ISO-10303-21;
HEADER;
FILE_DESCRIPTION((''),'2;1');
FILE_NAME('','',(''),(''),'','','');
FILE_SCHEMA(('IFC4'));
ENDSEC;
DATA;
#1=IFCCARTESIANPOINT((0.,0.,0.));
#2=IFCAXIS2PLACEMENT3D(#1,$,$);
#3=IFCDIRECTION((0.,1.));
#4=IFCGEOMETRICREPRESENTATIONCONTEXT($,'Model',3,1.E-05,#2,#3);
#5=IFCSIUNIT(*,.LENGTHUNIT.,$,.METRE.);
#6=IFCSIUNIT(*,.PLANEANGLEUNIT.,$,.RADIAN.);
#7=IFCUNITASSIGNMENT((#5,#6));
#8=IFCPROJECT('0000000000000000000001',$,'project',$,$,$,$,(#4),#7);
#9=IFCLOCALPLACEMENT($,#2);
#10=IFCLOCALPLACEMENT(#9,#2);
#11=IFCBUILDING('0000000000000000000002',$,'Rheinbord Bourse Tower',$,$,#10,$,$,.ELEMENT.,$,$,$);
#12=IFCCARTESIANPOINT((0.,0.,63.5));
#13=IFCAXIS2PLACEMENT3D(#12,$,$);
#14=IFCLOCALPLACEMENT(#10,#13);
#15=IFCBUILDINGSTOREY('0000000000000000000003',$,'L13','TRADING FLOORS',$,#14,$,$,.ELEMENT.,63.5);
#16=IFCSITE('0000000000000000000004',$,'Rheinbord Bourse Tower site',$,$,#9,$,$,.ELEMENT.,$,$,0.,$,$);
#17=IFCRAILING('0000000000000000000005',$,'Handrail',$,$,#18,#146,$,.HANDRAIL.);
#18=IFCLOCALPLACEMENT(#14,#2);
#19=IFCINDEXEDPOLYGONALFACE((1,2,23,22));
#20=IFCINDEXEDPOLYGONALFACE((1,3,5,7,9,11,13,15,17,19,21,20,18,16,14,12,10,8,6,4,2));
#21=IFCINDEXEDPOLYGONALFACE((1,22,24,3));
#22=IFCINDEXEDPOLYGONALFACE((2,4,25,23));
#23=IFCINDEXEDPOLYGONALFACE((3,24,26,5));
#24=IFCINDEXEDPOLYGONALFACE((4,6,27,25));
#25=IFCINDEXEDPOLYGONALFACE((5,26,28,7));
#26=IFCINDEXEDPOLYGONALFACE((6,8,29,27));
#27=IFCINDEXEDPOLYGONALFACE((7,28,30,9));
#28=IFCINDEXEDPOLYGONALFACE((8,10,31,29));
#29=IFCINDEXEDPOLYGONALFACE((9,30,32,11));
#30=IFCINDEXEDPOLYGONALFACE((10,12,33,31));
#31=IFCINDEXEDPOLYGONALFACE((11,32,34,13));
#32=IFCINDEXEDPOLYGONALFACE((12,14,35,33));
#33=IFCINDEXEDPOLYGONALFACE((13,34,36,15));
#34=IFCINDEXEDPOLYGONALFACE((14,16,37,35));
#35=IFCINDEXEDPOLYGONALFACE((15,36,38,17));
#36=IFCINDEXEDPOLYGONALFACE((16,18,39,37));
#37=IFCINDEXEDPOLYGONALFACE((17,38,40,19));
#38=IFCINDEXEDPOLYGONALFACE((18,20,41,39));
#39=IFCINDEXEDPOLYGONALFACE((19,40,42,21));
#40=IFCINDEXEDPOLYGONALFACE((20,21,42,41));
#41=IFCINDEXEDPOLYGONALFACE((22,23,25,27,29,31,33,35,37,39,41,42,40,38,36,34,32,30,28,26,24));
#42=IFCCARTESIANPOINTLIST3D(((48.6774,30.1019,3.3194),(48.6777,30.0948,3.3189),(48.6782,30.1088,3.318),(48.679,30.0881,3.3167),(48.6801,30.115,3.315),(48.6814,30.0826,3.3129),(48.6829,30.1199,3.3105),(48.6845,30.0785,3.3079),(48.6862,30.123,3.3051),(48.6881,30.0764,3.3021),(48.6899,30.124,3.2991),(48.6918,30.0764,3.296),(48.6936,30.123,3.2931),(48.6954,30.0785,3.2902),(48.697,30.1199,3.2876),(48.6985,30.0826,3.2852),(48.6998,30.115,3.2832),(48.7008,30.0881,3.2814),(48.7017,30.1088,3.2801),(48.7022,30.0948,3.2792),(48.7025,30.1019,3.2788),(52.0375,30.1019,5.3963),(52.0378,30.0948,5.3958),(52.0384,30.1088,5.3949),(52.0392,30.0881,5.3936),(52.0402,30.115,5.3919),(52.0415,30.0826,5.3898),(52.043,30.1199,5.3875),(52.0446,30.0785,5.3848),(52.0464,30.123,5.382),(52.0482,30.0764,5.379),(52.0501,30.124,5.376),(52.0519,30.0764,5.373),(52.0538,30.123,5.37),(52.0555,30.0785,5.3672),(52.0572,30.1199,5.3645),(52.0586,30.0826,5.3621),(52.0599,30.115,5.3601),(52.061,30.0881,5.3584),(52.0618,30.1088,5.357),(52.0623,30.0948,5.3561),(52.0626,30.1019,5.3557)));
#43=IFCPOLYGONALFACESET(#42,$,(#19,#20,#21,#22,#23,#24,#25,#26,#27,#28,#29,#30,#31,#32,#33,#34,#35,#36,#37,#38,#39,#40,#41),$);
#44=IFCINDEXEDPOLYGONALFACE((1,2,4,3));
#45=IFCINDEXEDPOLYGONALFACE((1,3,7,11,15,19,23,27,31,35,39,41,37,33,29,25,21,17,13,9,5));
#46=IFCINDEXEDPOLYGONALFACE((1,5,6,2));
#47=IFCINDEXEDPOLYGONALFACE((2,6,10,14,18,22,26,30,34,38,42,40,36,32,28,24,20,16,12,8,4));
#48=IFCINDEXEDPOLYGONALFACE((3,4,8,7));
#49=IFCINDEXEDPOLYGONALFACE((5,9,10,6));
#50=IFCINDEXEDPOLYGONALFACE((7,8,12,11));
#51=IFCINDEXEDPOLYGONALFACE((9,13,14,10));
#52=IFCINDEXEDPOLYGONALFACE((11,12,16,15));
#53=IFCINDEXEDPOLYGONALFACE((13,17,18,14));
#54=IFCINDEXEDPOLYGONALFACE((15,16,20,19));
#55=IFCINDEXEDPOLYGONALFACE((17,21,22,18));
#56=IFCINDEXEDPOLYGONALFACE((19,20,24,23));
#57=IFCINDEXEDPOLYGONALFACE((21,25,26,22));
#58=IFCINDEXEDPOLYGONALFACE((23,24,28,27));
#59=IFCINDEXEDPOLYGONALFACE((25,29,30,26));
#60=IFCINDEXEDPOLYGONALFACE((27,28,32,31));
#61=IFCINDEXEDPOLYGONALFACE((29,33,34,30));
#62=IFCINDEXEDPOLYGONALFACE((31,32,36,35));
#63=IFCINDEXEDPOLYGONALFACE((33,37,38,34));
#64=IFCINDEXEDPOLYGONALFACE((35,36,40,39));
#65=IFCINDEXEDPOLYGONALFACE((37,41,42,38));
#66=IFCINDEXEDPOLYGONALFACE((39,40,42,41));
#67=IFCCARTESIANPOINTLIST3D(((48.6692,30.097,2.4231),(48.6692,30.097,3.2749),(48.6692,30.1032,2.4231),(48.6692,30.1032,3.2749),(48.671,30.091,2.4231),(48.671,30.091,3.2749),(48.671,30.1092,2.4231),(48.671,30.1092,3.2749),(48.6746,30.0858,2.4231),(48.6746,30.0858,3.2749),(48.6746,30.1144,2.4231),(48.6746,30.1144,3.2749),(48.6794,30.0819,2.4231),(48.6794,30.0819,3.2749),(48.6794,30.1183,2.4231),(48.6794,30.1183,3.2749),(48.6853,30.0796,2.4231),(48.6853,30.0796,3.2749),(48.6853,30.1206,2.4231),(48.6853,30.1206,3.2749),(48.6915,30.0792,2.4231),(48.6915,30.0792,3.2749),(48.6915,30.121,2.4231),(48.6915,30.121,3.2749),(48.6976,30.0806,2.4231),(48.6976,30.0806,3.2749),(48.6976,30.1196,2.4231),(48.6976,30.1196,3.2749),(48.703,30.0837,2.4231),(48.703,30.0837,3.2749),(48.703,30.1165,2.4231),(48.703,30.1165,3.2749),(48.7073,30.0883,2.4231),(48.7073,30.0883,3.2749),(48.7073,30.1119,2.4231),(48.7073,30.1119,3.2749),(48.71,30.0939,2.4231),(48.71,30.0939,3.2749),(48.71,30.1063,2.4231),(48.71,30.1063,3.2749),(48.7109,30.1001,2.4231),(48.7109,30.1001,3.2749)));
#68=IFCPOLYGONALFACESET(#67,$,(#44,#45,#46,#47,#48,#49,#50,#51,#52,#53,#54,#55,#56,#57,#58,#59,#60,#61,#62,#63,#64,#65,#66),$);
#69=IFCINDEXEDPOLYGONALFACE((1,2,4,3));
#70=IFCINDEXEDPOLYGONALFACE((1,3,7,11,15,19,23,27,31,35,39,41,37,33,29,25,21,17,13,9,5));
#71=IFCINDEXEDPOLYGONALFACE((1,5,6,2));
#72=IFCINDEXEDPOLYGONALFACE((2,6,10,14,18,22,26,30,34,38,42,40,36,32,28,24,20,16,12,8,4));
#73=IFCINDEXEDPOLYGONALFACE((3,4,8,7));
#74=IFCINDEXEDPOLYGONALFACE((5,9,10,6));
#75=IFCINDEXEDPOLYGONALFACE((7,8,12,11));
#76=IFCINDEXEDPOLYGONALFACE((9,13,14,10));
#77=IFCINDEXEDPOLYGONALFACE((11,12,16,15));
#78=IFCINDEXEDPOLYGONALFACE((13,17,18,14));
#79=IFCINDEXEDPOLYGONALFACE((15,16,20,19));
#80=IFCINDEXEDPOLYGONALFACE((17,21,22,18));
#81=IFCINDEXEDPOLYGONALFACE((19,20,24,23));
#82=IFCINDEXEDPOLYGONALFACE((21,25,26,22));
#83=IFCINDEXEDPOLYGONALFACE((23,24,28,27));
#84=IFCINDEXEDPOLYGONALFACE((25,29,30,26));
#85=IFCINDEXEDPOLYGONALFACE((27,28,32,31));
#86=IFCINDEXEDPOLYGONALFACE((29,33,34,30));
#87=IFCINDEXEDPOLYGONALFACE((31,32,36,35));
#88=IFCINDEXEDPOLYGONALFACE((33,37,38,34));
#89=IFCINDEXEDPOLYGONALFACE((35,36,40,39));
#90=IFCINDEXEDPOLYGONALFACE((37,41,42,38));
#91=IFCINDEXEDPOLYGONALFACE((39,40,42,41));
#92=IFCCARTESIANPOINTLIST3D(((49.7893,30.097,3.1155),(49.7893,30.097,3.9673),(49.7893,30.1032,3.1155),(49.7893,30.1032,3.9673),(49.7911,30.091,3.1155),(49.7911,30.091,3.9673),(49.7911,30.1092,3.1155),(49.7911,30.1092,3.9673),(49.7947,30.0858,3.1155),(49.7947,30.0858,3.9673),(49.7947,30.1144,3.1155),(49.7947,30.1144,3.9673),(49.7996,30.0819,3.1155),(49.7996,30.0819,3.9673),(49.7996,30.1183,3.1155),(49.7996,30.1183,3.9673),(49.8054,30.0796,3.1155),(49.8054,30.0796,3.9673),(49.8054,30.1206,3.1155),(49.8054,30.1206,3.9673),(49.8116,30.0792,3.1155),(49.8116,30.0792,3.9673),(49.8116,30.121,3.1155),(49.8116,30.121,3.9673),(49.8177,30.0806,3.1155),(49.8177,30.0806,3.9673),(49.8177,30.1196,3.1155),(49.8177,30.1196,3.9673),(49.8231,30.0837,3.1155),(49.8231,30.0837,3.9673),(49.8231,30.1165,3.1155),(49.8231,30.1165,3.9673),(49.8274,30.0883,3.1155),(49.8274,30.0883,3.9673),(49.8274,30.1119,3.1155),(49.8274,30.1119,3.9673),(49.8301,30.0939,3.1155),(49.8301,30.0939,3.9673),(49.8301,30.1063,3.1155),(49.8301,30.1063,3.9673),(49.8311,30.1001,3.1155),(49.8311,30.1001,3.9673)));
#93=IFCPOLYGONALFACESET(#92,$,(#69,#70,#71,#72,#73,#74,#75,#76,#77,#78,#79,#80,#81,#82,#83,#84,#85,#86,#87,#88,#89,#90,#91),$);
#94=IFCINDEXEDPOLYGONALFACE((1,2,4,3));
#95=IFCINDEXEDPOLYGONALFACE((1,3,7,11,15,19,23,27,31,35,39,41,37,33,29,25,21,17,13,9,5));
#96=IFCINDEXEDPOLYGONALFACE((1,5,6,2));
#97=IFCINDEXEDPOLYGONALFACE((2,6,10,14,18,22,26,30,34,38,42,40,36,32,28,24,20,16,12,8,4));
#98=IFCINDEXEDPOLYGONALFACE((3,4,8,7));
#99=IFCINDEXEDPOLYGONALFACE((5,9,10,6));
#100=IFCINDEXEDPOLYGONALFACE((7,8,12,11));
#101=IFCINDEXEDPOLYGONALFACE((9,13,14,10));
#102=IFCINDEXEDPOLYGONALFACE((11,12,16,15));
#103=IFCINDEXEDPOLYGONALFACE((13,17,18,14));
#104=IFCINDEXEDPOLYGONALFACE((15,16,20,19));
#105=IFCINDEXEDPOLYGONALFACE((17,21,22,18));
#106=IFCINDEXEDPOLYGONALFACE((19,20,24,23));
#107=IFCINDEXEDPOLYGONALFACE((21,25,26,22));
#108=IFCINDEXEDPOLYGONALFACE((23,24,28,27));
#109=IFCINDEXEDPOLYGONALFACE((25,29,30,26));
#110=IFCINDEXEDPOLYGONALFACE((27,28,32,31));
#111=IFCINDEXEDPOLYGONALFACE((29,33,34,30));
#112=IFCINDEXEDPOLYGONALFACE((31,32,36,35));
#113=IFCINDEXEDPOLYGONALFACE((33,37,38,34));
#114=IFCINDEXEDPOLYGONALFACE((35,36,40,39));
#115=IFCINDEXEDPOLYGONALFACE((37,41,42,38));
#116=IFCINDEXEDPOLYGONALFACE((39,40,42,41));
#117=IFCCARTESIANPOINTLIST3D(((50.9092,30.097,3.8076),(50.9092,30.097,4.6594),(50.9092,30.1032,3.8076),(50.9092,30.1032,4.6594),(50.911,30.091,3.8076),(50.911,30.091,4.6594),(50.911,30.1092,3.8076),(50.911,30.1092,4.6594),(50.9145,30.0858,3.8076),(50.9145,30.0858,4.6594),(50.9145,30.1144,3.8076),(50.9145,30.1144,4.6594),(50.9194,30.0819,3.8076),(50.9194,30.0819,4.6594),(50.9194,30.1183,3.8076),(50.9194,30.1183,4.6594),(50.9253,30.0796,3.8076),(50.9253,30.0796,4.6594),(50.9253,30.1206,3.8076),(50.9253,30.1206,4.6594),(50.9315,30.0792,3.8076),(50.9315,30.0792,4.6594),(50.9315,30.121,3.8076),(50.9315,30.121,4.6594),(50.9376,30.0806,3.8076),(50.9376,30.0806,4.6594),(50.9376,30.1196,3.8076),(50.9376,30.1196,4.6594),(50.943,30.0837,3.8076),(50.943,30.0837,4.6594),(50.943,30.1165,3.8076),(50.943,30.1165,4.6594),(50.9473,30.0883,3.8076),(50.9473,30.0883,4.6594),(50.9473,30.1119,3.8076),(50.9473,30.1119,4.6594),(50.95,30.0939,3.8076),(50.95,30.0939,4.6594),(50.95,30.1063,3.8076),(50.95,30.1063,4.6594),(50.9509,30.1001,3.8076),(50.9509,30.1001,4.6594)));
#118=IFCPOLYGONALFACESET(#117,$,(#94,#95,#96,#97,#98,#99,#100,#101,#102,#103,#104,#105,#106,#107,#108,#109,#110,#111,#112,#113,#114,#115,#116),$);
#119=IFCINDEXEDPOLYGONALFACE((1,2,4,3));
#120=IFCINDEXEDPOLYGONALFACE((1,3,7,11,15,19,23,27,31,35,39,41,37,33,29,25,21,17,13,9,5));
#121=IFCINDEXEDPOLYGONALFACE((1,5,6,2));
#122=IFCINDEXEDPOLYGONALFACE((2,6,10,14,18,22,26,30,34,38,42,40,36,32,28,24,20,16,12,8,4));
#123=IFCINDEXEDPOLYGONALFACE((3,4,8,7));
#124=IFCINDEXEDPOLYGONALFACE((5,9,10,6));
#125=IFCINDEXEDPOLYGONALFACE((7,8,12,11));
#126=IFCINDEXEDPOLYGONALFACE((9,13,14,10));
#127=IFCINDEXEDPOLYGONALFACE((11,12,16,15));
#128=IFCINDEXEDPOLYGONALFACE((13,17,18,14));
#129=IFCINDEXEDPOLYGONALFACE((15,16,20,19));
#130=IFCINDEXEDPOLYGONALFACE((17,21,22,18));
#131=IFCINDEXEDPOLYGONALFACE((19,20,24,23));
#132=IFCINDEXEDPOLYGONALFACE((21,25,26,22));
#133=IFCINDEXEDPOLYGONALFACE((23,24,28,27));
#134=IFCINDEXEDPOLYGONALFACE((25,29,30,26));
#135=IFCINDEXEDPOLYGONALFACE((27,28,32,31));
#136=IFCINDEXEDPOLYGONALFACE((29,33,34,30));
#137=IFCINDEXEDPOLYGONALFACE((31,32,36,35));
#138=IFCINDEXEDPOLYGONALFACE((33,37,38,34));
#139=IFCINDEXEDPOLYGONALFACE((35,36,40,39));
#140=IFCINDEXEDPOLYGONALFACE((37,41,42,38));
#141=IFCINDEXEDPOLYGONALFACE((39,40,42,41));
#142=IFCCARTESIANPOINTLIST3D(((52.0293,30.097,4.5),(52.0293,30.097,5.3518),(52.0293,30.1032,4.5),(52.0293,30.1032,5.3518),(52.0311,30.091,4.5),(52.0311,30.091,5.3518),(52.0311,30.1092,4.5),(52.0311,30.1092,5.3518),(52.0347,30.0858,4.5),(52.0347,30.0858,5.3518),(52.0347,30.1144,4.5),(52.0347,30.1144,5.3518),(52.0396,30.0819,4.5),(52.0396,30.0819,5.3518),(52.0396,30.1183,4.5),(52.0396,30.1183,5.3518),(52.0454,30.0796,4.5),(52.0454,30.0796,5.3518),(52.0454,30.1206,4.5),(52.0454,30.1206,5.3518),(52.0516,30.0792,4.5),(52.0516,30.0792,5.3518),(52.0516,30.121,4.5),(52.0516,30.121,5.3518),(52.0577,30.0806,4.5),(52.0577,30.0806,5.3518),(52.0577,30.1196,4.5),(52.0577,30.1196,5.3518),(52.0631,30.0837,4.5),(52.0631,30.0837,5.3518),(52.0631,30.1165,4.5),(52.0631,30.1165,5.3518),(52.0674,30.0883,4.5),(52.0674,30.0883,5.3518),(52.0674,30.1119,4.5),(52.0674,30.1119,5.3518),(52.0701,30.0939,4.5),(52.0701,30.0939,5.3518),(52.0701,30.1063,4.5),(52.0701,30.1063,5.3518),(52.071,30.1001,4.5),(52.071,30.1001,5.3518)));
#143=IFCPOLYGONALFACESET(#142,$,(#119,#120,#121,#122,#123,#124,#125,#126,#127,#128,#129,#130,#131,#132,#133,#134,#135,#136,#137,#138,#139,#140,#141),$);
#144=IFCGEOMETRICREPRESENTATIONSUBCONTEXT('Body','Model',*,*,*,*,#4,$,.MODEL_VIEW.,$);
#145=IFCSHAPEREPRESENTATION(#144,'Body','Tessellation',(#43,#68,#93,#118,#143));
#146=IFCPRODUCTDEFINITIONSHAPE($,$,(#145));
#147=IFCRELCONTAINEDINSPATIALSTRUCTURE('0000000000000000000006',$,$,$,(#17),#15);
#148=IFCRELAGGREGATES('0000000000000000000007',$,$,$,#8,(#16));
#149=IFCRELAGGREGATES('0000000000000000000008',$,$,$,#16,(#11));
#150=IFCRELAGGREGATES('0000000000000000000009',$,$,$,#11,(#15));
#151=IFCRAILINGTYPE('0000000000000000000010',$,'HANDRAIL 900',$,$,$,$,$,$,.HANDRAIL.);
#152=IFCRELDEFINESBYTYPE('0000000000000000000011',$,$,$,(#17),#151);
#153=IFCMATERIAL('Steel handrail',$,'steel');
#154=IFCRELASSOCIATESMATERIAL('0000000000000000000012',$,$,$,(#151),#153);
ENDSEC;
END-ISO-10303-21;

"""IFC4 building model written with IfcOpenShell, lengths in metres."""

from ifc_helpers import new_model, si_unit, direction, frame, origin, origin_2d, place, context, subcontext, project, spatial, circle, extrude, material, type_object, element, save


model = new_model("IFC4")

# Units and contexts
model_context = context("Model", 3, precision=1e-05, world=origin(), true_north=direction((0.0, 1.0)))
body_context = subcontext(model_context, "Body", "Model", "MODEL_VIEW")
ifc_project = project(units=[si_unit("LENGTHUNIT", "METRE"), si_unit("PLANEANGLEUNIT", "RADIAN")], contexts=[model_context])

# Site, building, storey
site_placement = place(None, origin())
site = spatial("IfcSite", under=ifc_project, at=site_placement, Name="Rheinbord Bourse Tower site", CompositionType="ELEMENT", RefElevation=0.0)
building_placement = place(site_placement, origin())
building = spatial("IfcBuilding", under=site, at=building_placement, Name="Rheinbord Bourse Tower", CompositionType="ELEMENT")
storey_placement = place(building_placement, frame((0.0, 0.0, 63.5)))
storey = spatial("IfcBuildingStorey", under=building, at=storey_placement, Name="L13", Description="TRADING FLOORS", CompositionType="ELEMENT", Elevation=63.5)

# Railing
ifc_material_1 = material(Name="Steel handrail", Category="steel")
railing_type = type_object("IfcRailingType", Name="HANDRAIL 900", PredefinedType="HANDRAIL", material=ifc_material_1)
railing_1_placement = place(storey_placement, frame((48.6899, 30.1001, 2.4231)))
element("IfcRailing", 1, at=railing_1_placement, inside=storey, type_object=railing_type, Name="Handrail", PredefinedType="HANDRAIL", context=body_context, shape_type="SweptSolid", body=[
    extrude(circle(Radius=0.0239, at=origin_2d()), frame((0.0, 0.0, 0.876), z_axis=(0.850623, 0.0, 0.525776), x_axis=(0.0, 1.0, 0.0)), (0.0, 0.0, 1.0), 3.9502),
    extrude(circle(Radius=0.021, at=origin_2d()), origin(), (0.0, 0.0, 1.0), 0.8518),
    extrude(circle(Radius=0.021, at=origin_2d()), frame((1.1201, 0.0, 0.6924)), (0.0, 0.0, 1.0), 0.8518),
    extrude(circle(Radius=0.021, at=origin_2d()), frame((2.24, 0.0, 1.3845)), (0.0, 0.0, 1.0), 0.8518),
    extrude(circle(Radius=0.021, at=origin_2d()), frame((3.3601, 0.0, 2.0769)), (0.0, 0.0, 1.0), 0.8518),
])

save(model, "model.ifc")
